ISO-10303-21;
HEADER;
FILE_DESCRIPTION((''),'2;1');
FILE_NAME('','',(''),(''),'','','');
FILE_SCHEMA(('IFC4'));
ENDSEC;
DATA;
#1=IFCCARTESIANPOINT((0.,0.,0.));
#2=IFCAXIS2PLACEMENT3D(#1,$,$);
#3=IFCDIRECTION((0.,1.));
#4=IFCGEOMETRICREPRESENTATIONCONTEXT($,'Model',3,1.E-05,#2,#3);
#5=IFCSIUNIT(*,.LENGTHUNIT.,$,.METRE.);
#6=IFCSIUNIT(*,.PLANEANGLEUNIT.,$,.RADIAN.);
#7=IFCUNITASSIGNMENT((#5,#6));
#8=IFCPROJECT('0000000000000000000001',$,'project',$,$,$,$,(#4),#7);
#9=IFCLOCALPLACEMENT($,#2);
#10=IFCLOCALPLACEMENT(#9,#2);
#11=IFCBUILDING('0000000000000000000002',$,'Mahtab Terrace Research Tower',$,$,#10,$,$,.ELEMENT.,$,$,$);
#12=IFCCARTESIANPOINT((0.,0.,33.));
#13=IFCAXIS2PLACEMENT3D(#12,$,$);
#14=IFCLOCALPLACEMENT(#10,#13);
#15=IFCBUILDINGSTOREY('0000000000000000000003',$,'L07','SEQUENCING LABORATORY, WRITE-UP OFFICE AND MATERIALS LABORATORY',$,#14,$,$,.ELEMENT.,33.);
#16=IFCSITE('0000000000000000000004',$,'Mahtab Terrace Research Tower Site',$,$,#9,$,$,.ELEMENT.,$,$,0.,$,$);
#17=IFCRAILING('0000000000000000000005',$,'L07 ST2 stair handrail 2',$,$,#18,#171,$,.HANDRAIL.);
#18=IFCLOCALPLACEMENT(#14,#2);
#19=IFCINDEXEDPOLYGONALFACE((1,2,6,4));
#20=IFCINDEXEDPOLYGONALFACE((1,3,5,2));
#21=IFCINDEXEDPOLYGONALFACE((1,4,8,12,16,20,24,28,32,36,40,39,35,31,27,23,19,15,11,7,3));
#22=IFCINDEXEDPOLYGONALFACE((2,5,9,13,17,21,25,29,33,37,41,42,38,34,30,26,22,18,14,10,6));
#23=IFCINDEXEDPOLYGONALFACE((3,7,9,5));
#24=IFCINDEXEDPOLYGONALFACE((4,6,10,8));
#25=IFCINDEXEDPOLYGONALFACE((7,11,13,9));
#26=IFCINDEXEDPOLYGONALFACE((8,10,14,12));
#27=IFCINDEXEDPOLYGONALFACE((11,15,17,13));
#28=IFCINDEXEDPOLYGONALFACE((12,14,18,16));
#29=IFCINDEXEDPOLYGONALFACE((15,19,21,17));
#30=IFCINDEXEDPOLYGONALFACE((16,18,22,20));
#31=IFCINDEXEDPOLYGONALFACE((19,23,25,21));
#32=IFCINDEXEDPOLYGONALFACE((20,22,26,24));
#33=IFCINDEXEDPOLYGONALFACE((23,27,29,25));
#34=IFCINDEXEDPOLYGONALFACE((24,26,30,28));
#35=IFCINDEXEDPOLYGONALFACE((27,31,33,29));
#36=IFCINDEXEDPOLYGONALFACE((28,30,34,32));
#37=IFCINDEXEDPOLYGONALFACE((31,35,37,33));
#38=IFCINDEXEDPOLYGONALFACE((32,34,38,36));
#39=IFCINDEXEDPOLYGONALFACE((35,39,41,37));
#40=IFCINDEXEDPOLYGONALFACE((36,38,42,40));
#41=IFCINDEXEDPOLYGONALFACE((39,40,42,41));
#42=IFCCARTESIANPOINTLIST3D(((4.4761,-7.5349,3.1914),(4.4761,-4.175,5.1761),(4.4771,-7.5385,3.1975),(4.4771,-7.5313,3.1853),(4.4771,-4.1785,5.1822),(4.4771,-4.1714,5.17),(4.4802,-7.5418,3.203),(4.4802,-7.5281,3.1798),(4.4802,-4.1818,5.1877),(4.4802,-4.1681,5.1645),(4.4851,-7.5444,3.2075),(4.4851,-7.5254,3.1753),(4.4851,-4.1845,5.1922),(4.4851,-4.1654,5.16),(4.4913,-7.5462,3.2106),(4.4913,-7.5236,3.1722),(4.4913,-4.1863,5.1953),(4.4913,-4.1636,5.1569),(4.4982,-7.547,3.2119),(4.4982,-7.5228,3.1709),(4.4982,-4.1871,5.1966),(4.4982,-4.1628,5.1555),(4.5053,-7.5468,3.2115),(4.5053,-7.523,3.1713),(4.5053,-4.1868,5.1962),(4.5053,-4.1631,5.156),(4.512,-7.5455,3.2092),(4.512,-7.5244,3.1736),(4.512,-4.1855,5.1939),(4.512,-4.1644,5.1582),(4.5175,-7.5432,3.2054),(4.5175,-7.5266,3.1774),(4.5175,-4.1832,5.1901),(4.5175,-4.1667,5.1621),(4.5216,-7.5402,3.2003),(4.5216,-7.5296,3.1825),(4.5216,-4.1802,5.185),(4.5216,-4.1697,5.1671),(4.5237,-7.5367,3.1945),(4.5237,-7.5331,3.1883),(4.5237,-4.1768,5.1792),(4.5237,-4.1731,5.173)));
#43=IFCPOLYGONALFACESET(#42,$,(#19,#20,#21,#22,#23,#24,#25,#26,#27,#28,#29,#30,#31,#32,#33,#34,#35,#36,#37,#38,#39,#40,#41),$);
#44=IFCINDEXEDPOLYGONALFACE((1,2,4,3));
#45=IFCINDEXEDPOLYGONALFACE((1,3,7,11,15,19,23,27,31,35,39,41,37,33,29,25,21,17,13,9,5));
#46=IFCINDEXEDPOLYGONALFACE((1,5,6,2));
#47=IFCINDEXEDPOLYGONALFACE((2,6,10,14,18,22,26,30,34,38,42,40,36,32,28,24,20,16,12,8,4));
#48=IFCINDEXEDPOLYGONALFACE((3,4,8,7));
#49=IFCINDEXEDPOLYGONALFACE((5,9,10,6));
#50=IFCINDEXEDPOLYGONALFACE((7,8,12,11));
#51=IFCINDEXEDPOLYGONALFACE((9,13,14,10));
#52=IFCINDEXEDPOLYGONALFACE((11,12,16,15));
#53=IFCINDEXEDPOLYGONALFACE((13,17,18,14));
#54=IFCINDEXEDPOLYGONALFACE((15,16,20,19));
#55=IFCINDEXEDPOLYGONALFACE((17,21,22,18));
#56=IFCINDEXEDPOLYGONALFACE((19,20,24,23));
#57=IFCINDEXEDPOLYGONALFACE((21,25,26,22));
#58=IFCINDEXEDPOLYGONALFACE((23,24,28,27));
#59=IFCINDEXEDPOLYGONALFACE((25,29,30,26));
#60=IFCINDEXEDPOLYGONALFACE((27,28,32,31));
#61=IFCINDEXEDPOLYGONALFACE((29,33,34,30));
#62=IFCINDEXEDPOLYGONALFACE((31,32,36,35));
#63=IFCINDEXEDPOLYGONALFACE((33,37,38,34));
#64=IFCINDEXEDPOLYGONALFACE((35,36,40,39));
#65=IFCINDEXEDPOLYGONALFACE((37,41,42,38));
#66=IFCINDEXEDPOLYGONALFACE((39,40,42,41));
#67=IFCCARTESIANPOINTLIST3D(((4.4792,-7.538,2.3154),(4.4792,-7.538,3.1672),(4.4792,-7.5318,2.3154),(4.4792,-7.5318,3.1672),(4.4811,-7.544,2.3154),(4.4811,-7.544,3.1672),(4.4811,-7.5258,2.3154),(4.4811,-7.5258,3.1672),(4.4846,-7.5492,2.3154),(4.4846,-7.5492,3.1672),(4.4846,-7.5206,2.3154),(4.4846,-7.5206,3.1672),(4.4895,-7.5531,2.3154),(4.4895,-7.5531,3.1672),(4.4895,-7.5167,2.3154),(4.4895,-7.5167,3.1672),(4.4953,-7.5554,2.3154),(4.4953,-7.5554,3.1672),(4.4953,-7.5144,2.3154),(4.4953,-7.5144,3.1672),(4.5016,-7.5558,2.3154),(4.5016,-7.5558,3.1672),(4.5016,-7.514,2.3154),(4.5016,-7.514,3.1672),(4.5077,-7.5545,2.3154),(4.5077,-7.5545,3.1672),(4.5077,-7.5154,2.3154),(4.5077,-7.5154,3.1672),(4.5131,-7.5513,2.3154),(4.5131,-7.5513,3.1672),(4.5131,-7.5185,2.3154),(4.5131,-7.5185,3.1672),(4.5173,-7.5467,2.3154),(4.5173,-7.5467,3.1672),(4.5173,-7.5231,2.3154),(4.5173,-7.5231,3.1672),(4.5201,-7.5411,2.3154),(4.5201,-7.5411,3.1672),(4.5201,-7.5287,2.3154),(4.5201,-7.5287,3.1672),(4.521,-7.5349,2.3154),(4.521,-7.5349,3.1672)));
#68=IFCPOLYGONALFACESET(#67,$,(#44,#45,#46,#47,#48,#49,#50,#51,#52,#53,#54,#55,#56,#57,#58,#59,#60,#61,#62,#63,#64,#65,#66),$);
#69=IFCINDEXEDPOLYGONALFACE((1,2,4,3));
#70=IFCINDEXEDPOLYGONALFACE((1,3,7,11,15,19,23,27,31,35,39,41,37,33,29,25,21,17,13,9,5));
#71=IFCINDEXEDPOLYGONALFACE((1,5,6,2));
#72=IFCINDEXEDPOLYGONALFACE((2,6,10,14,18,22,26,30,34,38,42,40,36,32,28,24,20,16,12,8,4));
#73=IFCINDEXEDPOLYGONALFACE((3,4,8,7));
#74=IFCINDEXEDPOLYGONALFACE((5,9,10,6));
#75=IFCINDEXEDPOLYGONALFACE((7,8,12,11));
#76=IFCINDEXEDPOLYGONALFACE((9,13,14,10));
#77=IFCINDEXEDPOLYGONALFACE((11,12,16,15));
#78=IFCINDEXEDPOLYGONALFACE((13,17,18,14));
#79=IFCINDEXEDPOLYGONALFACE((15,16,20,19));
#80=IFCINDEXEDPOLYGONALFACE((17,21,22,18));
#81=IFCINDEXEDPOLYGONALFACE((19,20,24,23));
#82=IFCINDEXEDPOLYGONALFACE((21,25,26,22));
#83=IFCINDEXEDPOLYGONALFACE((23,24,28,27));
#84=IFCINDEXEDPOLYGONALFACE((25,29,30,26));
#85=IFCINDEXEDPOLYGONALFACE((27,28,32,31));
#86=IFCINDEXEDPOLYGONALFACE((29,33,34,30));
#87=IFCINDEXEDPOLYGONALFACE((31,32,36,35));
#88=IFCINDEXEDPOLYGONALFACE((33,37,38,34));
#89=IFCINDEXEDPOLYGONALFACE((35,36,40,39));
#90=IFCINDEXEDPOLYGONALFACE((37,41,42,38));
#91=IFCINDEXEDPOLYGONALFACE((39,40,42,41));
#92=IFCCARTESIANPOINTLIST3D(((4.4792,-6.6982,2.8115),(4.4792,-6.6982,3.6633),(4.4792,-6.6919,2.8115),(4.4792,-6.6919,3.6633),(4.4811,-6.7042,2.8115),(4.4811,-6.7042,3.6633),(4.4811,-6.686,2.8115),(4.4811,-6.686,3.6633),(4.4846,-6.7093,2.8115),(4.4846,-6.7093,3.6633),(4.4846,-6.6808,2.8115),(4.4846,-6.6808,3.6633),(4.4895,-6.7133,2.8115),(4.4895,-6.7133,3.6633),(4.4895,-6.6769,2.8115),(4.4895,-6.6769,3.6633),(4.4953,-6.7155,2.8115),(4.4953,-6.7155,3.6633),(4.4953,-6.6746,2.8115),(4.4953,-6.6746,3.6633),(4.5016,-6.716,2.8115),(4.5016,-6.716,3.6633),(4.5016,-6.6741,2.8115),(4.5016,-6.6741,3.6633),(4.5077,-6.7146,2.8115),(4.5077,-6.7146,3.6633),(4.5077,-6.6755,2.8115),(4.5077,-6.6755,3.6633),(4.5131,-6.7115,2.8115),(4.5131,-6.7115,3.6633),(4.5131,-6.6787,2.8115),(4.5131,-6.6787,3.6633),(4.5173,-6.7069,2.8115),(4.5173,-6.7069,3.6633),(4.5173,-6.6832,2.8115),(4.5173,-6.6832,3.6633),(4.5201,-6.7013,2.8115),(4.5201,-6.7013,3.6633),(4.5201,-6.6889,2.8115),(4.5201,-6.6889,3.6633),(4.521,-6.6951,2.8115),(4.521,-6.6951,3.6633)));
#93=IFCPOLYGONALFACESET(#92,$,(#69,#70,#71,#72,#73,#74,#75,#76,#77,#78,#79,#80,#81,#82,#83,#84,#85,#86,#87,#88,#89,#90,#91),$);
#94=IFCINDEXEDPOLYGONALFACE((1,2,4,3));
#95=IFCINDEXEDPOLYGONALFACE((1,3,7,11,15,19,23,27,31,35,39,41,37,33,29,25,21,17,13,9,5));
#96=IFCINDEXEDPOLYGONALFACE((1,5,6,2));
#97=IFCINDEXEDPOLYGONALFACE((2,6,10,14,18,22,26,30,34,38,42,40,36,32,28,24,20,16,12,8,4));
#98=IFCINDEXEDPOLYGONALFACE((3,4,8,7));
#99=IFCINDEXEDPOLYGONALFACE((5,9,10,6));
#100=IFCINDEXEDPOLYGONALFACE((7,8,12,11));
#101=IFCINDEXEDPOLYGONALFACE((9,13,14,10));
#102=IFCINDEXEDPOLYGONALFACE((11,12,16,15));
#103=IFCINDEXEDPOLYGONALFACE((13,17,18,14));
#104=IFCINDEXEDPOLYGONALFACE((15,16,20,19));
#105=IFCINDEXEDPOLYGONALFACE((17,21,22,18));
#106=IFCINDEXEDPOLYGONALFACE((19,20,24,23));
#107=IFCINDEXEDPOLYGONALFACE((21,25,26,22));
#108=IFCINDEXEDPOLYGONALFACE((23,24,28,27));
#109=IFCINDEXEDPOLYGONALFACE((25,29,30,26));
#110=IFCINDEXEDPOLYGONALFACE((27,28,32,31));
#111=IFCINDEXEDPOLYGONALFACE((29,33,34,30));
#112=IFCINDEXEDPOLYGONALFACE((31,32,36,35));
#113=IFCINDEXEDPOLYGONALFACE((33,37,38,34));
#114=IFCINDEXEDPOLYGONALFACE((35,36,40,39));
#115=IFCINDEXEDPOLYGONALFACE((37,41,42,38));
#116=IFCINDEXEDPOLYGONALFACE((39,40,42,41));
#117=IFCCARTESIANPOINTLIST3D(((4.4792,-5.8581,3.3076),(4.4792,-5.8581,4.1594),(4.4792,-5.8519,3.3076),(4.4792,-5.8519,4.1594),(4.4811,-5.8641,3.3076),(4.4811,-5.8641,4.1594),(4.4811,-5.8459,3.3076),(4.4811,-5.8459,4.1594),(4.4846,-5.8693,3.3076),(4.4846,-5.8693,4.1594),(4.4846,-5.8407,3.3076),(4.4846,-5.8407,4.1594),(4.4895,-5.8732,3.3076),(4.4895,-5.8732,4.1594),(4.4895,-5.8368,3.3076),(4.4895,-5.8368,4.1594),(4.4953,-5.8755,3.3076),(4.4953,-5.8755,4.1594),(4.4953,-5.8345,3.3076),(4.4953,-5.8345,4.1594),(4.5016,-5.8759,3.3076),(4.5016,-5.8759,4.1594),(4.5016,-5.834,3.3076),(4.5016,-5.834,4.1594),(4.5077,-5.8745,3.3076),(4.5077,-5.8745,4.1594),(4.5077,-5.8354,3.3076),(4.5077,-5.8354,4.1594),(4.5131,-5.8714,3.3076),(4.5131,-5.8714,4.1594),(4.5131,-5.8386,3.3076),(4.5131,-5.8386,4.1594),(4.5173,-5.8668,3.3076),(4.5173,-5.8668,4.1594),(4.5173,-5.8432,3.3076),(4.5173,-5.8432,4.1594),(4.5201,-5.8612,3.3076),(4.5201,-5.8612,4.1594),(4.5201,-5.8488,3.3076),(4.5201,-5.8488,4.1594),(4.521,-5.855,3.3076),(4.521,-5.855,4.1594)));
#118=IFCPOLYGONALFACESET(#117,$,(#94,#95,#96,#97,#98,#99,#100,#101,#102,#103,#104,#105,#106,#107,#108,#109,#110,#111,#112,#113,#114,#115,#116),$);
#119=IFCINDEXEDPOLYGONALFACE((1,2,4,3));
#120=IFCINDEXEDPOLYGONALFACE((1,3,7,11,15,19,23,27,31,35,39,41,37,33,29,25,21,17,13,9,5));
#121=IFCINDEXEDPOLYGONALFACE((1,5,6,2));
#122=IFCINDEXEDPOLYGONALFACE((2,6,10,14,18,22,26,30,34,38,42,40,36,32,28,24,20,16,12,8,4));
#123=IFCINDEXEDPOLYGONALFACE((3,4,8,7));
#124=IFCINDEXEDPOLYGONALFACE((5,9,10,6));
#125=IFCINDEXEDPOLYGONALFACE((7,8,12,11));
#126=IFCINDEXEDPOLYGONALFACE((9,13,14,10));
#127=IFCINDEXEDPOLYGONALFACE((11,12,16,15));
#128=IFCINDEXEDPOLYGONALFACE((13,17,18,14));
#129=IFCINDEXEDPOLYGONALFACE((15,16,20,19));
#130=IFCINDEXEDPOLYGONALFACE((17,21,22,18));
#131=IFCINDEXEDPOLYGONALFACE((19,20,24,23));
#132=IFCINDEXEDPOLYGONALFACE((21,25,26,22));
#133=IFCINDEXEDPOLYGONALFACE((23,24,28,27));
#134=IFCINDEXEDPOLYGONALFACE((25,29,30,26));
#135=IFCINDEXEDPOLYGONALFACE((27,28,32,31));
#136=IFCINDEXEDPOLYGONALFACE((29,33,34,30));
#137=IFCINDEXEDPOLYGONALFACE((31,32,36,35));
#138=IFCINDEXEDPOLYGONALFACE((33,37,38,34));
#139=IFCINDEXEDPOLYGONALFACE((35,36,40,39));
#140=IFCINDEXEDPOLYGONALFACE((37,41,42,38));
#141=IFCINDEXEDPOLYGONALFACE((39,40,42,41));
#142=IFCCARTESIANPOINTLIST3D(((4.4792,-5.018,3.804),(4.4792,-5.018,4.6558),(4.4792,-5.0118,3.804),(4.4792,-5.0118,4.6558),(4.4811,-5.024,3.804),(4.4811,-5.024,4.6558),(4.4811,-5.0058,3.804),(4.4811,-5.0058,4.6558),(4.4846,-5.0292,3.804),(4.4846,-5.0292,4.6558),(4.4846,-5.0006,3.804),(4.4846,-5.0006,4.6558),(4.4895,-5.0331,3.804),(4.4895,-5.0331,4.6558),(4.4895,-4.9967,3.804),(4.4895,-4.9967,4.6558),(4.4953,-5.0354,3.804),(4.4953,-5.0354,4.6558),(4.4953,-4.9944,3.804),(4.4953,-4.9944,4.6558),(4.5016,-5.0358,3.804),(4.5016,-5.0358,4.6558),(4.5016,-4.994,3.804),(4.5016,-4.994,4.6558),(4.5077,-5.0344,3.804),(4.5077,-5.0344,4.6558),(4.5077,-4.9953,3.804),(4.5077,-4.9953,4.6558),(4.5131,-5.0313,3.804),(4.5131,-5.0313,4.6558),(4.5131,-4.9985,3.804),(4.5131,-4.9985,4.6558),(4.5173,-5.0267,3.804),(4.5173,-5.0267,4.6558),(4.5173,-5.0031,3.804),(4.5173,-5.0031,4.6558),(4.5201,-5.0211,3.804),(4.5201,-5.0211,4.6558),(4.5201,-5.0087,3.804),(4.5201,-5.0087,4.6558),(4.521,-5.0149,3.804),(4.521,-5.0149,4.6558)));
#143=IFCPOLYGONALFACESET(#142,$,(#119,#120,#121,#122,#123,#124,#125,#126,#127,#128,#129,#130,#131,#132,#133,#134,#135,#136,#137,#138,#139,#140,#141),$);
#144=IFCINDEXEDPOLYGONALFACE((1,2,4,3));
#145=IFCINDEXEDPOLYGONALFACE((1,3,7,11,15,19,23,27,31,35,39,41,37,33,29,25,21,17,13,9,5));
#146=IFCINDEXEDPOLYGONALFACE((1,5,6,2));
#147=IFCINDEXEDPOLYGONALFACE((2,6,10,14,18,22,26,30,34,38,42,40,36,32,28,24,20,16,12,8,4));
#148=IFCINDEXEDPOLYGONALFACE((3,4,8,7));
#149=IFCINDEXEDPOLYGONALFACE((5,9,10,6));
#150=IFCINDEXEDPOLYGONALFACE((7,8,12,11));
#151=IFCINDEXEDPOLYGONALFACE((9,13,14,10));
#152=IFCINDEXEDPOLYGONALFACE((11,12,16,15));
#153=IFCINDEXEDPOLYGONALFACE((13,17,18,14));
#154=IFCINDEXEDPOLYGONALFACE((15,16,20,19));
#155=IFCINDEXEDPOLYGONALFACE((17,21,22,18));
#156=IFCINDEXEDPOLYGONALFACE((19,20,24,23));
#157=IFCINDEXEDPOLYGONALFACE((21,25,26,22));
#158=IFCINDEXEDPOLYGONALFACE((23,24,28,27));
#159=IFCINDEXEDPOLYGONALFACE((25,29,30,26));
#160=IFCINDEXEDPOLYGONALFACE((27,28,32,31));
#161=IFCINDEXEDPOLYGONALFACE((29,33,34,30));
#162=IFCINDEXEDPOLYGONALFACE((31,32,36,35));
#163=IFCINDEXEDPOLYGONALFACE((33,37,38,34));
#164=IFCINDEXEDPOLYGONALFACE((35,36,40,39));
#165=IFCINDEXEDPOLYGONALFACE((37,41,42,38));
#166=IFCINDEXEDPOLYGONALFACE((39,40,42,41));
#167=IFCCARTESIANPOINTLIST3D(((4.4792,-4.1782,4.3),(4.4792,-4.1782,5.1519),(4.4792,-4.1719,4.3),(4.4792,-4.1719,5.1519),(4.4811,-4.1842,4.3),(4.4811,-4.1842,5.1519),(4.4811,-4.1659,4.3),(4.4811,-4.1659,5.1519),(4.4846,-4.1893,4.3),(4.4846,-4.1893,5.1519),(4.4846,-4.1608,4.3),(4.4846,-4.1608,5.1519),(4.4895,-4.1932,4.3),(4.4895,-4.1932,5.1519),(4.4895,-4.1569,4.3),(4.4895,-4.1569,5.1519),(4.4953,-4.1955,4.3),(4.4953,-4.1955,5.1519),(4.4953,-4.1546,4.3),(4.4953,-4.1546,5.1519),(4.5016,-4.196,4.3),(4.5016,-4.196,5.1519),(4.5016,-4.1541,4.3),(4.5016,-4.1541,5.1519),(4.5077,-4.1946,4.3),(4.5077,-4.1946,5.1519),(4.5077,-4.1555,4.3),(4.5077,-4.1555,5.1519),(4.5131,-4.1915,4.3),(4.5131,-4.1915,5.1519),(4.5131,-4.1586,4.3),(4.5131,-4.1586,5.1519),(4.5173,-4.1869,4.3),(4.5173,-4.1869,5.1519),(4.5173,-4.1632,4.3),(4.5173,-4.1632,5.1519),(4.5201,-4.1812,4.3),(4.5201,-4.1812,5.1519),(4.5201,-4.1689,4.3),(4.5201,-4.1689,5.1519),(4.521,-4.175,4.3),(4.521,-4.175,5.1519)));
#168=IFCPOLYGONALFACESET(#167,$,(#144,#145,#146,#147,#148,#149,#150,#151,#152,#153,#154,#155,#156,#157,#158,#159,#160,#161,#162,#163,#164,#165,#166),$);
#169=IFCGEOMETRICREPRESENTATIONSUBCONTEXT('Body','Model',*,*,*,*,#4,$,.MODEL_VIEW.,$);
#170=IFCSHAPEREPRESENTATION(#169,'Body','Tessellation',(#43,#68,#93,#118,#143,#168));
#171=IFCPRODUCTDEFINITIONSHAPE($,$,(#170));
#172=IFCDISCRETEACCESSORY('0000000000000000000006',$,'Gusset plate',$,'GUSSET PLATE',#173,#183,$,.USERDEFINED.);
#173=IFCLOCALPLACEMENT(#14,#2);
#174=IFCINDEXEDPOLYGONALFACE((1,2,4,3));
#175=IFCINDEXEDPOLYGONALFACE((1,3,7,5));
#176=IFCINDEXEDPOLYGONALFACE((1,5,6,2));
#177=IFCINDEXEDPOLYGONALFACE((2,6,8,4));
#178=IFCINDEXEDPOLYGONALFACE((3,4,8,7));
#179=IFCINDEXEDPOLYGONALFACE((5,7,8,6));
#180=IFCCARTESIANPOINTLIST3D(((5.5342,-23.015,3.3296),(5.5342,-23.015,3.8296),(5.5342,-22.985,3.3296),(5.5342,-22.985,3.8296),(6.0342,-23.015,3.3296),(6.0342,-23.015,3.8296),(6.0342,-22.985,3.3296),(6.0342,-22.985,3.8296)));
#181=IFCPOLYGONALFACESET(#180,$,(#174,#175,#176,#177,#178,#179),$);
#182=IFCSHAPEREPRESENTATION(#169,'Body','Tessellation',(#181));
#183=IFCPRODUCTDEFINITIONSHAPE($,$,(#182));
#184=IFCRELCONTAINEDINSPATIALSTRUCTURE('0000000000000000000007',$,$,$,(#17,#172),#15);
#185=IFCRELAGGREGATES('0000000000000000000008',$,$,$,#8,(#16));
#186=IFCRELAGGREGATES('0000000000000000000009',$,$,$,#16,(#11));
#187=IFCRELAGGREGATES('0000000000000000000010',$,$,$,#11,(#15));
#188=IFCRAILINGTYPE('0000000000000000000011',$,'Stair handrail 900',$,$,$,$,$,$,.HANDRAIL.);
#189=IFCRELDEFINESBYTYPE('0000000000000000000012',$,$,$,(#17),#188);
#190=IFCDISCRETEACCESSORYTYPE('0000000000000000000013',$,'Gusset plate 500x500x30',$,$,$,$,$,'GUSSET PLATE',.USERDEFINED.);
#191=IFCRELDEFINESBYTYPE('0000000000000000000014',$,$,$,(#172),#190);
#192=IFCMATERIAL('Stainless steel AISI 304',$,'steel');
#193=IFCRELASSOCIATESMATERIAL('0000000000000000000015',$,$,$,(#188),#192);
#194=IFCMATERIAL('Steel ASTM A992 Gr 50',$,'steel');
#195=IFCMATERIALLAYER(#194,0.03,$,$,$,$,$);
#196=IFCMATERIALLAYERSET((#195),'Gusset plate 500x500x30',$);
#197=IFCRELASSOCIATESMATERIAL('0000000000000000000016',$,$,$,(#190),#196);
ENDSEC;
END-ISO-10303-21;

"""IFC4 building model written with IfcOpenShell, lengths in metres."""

from ifc_helpers import new_model, si_unit, direction, frame, origin, origin_2d, place, context, subcontext, project, spatial, rectangle, circle, extrude, material, layer, layer_set, type_object, element, save


model = new_model("IFC4")

# Units and contexts
model_context = context("Model", 3, precision=1e-05, world=origin(), true_north=direction((0.0, 1.0)))
body_context = subcontext(model_context, "Body", "Model", "MODEL_VIEW")
ifc_project = project(units=[si_unit("LENGTHUNIT", "METRE"), si_unit("PLANEANGLEUNIT", "RADIAN")], contexts=[model_context])

# Site, building, storey
site_placement = place(None, origin())
site = spatial("IfcSite", under=ifc_project, at=site_placement, Name="Mahtab Terrace Research Tower Site", CompositionType="ELEMENT", RefElevation=0.0)
building_placement = place(site_placement, origin())
building = spatial("IfcBuilding", under=site, at=building_placement, Name="Mahtab Terrace Research Tower", CompositionType="ELEMENT")
storey_placement = place(building_placement, frame((0.0, 0.0, 33.0)))
storey = spatial("IfcBuildingStorey", under=building, at=storey_placement, Name="L07", Description="SEQUENCING LABORATORY, WRITE-UP OFFICE AND MATERIALS LABORATORY", CompositionType="ELEMENT", Elevation=33.0)

# Shared definitions
ifc_material_1 = material(Name="Steel ASTM A992 Gr 50", Category="steel")

# Railing
ifc_material_2 = material(Name="Stainless steel AISI 304", Category="steel")
railing_type_1 = type_object("IfcRailingType", Name="Stair handrail 900", PredefinedType="HANDRAIL", material=ifc_material_2)
railing_1_placement = place(storey_placement, frame((4.5, -7.5349, 2.3154)))
element("IfcRailing", 1, at=railing_1_placement, inside=storey, type_object=railing_type_1, Name="L07 ST2 stair handrail 2", PredefinedType="HANDRAIL", context=body_context, shape_type="SweptSolid", body=[
    extrude(circle(Radius=0.0239, at=origin_2d()), frame((0.0, 0.0, 0.876), z_axis=(0.0, 0.861011, 0.508586), x_axis=(-1.0, 0.0, 0.0)), (0.0, 0.0, 1.0), 3.9023),
    extrude(circle(Radius=0.021, at=origin_2d()), origin(), (0.0, 0.0, 1.0), 0.8518),
    extrude(circle(Radius=0.021, at=origin_2d()), frame((0.0, 0.8398, 0.4961)), (0.0, 0.0, 1.0), 0.8518),
    extrude(circle(Radius=0.021, at=origin_2d()), frame((0.0, 1.6799, 0.9922)), (0.0, 0.0, 1.0), 0.8518),
    extrude(circle(Radius=0.021, at=origin_2d()), frame((0.0, 2.52, 1.4885)), (0.0, 0.0, 1.0), 0.8518),
    extrude(circle(Radius=0.021, at=origin_2d()), frame((0.0, 3.3599, 1.9846)), (0.0, 0.0, 1.0), 0.8518),
])

# Discrete accessory
ifc_layer_1 = layer(ifc_material_1, 0.03)
ifc_layer_set_1 = layer_set([ifc_layer_1], Name="Gusset plate 500x500x30")
discrete_accessory_type = type_object("IfcDiscreteAccessoryType", Name="Gusset plate 500x500x30", ElementType="GUSSET PLATE", PredefinedType="USERDEFINED", material=ifc_layer_set_1)
discrete_accessory_placement = place(storey_placement, frame((5.7842, -23.0, 3.3296), z_axis=(0.0, 0.0, 1.0), x_axis=(1.0, 0.0, 0.0)))
element("IfcDiscreteAccessory", 2, at=discrete_accessory_placement, inside=storey, type_object=discrete_accessory_type, Name="Gusset plate", ObjectType="GUSSET PLATE", PredefinedType="USERDEFINED", context=body_context, shape_type="SweptSolid", body=[
    extrude(rectangle(XDim=0.5, YDim=0.03, at=origin_2d()), origin(), (0.0, 0.0, 1.0), 0.5),
])

save(model, "model.ifc")
